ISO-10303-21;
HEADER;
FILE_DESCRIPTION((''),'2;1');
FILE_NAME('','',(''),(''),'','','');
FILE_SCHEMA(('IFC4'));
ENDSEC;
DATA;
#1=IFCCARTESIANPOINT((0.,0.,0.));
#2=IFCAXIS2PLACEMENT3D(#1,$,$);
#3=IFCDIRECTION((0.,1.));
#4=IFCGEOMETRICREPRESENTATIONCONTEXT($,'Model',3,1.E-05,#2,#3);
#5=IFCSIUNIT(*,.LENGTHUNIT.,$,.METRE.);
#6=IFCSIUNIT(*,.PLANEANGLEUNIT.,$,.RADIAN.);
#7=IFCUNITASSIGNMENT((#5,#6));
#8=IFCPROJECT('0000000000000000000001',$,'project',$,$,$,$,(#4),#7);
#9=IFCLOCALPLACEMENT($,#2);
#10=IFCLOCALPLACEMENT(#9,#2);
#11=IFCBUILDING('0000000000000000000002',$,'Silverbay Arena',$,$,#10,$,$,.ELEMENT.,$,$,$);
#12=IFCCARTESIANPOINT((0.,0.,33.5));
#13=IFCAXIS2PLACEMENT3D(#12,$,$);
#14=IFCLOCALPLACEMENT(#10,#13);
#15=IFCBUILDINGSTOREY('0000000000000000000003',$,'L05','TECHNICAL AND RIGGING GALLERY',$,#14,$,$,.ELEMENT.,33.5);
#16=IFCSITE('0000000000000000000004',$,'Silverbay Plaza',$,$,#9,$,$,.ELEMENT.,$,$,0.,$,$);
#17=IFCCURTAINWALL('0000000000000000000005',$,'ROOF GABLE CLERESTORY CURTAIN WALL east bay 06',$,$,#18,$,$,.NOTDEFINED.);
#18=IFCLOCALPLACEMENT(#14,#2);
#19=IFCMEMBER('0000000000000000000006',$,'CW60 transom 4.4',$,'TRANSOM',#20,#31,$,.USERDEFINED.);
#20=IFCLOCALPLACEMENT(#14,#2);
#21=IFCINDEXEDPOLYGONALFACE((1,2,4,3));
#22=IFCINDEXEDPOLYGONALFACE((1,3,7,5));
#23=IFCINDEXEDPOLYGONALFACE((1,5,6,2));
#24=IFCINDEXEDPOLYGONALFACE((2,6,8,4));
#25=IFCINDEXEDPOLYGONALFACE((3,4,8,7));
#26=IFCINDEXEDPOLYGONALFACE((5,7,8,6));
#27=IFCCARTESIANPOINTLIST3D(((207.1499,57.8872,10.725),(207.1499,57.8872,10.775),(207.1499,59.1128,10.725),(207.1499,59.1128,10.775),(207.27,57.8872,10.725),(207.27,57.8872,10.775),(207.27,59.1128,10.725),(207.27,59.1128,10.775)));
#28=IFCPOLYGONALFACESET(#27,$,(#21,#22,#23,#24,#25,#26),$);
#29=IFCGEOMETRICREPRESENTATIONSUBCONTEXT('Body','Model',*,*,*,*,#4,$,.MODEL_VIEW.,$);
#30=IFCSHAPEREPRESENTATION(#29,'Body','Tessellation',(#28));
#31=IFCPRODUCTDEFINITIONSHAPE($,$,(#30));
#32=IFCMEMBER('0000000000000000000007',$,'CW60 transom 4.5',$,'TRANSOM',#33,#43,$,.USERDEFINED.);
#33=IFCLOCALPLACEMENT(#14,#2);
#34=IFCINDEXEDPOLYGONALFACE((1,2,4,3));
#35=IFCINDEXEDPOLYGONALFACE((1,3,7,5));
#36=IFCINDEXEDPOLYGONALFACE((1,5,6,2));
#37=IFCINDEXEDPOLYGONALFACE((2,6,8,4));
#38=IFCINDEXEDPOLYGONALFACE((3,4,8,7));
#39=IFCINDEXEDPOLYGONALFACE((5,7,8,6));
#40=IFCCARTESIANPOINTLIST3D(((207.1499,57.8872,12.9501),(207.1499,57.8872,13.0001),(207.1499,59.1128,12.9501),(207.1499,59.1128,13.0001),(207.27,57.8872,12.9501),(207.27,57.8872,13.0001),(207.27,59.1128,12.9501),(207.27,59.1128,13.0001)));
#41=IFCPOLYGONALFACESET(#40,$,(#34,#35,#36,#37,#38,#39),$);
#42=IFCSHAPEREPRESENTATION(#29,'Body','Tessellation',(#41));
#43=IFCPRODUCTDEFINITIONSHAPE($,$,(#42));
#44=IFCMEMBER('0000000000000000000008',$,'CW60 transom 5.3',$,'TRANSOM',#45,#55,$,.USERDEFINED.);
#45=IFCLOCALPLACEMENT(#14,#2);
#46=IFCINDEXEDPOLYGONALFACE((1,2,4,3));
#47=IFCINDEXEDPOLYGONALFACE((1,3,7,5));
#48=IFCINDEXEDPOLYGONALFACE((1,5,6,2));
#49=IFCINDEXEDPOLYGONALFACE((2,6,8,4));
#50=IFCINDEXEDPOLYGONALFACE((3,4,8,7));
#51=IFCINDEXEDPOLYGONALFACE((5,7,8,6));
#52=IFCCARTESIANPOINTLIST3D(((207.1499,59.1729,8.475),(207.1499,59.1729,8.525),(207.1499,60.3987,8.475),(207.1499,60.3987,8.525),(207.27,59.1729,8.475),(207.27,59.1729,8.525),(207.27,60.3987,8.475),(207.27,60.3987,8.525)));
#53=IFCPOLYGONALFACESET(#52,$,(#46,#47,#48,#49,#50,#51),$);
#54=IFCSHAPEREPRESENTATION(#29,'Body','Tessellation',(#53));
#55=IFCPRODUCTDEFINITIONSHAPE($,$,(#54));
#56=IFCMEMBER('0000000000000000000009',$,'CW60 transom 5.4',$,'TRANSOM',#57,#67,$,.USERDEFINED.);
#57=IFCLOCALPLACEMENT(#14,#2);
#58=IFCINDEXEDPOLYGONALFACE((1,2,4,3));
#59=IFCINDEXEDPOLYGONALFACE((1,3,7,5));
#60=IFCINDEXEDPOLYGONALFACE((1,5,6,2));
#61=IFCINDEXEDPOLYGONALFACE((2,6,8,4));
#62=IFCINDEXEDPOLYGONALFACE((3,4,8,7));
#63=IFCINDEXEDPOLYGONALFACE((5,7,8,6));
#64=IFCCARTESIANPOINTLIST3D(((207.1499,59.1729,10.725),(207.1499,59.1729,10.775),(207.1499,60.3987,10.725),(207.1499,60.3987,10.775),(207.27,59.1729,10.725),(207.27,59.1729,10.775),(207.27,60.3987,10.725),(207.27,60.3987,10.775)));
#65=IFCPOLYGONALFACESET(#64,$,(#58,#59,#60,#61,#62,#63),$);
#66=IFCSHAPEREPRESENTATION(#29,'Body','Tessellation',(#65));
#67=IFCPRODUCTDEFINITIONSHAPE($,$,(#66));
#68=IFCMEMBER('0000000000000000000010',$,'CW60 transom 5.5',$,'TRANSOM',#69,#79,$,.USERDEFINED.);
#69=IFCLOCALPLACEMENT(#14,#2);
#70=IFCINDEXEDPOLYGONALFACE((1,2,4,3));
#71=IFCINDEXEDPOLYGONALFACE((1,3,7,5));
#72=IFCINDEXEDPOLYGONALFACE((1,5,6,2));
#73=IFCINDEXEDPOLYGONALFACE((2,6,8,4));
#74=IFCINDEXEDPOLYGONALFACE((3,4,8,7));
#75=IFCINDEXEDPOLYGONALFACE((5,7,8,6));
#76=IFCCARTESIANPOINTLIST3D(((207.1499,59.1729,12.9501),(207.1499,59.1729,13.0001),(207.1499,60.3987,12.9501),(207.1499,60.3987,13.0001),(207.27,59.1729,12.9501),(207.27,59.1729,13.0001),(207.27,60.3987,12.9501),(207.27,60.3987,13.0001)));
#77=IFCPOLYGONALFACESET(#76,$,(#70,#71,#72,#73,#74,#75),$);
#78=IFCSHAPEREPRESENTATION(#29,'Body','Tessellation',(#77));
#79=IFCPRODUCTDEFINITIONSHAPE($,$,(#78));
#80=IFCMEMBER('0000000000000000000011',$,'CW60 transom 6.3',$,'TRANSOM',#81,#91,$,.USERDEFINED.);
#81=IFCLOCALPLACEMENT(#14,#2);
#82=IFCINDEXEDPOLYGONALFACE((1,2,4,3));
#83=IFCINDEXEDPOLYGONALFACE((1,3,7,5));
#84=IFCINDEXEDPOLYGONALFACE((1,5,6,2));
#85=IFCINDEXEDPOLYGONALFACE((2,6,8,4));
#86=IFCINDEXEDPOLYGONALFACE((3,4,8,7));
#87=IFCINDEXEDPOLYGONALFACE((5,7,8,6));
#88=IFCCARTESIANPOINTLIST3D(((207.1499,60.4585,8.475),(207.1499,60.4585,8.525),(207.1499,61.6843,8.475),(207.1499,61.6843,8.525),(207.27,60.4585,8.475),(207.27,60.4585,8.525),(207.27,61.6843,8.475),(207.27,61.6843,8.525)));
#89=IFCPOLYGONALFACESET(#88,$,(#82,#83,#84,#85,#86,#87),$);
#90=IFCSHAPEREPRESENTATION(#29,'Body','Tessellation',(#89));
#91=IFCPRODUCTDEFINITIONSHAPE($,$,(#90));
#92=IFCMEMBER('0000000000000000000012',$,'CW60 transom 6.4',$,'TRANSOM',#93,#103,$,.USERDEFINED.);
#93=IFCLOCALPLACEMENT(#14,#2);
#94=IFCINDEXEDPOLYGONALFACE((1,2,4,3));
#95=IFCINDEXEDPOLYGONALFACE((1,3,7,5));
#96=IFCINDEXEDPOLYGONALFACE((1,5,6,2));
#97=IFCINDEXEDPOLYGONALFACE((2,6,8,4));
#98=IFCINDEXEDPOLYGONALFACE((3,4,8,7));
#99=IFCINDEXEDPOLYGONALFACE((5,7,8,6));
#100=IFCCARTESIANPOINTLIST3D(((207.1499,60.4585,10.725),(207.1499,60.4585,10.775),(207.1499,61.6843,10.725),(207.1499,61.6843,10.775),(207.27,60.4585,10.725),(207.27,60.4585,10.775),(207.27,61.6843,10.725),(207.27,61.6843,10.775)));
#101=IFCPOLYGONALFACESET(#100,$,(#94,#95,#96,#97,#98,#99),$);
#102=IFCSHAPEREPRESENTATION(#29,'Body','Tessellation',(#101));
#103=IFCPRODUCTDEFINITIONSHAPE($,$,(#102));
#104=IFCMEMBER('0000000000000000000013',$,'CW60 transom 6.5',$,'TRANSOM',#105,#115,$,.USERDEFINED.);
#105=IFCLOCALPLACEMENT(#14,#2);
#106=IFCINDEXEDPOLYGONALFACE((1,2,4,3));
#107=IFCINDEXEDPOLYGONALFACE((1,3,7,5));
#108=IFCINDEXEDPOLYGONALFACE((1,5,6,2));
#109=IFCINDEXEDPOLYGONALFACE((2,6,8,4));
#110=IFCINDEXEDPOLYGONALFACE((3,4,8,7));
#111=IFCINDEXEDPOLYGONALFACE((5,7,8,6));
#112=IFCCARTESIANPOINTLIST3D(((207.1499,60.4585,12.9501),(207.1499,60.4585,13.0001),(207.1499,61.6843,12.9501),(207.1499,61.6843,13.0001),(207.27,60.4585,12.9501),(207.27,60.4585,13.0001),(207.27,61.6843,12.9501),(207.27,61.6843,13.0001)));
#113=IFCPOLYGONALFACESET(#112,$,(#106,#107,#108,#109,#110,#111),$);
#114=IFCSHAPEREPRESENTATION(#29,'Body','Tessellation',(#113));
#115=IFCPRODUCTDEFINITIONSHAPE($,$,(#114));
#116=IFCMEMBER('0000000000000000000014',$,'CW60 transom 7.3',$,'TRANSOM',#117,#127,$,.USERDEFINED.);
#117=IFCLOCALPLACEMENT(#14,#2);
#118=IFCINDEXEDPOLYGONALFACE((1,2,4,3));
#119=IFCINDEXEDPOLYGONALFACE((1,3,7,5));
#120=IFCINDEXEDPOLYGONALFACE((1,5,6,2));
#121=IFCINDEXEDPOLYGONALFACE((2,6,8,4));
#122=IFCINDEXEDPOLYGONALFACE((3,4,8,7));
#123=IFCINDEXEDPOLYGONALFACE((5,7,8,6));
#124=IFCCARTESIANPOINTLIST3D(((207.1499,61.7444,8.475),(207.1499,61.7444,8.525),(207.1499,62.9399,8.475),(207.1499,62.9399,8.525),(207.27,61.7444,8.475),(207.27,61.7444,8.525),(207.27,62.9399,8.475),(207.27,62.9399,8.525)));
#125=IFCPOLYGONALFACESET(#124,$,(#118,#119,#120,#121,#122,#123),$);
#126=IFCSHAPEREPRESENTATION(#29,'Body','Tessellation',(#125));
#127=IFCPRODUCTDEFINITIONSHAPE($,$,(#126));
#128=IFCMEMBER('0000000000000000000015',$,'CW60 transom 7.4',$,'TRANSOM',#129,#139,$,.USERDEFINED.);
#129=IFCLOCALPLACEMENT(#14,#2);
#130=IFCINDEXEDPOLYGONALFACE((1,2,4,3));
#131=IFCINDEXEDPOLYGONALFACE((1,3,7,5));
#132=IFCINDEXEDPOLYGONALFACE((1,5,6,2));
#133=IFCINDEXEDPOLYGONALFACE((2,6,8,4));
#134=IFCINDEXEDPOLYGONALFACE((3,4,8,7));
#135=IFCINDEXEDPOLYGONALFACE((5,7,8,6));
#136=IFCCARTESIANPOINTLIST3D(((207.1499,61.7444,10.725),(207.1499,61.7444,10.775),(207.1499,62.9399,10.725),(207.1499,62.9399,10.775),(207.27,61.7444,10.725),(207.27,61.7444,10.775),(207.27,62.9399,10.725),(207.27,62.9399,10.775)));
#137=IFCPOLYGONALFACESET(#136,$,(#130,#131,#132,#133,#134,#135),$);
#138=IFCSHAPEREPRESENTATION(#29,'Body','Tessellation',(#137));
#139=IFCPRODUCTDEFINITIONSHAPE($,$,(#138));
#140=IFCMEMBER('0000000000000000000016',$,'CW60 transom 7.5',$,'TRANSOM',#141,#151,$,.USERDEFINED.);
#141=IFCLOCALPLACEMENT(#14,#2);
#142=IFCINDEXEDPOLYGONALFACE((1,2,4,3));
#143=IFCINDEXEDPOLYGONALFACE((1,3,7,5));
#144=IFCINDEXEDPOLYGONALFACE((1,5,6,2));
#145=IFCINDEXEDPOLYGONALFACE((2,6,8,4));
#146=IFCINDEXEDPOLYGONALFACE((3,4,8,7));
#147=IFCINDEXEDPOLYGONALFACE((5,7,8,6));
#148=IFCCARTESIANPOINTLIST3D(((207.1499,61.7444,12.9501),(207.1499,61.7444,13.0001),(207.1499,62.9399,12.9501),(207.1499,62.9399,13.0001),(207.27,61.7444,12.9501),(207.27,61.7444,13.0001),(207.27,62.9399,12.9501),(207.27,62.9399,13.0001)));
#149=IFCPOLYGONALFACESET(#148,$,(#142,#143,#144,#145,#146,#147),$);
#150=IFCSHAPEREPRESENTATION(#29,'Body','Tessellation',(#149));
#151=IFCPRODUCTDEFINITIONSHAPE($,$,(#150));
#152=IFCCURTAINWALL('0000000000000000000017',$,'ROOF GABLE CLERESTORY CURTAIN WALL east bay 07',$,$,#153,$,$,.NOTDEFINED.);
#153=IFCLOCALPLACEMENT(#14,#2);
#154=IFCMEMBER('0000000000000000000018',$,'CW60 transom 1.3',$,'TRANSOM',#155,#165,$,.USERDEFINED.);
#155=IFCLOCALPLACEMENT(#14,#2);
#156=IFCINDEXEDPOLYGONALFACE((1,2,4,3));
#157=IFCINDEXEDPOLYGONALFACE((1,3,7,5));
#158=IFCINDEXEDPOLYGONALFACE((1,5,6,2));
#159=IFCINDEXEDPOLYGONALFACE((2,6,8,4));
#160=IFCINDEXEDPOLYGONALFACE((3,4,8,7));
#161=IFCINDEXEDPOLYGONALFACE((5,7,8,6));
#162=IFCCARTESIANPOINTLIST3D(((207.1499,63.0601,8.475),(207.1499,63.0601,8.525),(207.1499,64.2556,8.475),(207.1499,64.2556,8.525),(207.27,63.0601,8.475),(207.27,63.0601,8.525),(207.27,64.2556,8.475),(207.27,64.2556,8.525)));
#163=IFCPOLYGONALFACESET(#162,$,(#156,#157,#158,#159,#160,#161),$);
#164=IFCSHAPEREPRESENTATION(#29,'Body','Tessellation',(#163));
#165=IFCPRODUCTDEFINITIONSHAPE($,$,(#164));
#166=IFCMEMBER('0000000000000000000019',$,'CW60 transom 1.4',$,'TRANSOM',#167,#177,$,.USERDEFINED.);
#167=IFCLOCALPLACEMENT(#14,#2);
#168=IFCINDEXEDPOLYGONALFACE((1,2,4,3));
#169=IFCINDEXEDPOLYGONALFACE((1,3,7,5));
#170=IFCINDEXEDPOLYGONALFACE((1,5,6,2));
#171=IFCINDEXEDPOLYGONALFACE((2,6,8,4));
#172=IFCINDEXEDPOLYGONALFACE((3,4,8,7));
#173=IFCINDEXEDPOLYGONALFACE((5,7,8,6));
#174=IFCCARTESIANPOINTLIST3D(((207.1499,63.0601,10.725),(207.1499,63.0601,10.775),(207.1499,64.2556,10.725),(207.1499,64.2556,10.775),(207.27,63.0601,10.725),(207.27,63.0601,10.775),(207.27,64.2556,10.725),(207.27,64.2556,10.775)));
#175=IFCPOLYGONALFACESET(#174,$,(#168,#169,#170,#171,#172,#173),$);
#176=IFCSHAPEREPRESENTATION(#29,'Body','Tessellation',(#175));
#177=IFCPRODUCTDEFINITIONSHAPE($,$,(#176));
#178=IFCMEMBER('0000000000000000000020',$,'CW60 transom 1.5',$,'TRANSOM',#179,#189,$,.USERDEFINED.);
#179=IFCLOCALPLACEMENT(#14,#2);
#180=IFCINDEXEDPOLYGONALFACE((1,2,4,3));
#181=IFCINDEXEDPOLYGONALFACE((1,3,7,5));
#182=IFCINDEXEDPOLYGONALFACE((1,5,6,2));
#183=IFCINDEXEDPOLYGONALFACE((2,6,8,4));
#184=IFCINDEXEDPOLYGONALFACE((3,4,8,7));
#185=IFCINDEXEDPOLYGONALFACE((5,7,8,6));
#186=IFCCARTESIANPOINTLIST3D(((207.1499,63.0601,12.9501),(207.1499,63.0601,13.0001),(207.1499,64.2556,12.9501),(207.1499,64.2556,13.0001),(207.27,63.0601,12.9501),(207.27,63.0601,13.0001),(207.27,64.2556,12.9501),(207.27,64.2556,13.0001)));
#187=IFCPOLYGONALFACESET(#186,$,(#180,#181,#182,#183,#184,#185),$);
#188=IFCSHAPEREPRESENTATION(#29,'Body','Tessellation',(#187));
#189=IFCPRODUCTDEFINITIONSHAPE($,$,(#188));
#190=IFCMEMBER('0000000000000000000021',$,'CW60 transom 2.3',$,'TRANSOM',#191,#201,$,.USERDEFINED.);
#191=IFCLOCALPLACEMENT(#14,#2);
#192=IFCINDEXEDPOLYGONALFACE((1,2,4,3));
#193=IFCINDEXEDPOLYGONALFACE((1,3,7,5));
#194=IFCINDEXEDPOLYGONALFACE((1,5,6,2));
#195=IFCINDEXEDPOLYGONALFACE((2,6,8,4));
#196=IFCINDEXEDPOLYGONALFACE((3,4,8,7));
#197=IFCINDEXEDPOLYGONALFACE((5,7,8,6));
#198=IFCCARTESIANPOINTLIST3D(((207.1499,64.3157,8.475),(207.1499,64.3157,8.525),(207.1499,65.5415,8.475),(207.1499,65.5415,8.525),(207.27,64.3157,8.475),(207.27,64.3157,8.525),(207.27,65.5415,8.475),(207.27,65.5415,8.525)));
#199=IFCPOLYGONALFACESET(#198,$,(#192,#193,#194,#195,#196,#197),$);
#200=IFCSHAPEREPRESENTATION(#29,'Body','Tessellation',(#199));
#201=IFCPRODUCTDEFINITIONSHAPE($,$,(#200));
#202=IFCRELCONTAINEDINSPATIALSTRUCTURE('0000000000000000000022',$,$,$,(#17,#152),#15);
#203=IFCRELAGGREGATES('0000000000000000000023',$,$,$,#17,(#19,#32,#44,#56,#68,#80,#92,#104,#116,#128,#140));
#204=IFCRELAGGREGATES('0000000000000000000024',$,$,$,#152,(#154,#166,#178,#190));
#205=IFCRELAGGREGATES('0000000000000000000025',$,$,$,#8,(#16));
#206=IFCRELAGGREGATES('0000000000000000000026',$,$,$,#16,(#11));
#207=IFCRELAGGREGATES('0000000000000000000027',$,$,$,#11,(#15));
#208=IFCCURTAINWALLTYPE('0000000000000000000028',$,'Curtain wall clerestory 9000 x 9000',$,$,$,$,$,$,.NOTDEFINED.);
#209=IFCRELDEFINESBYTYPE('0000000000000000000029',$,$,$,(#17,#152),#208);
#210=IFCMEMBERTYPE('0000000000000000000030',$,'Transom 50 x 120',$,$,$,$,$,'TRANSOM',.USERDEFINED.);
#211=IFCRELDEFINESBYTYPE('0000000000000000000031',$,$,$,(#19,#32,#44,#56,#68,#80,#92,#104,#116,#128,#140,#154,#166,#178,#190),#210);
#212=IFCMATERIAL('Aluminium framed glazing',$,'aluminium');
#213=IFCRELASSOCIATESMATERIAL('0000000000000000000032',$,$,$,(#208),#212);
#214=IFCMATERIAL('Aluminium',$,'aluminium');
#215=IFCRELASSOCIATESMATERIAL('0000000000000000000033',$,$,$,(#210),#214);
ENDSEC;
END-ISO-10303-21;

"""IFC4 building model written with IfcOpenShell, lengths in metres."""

from ifc_helpers import new_model, si_unit, direction, frame, origin, origin_2d, place, context, subcontext, project, spatial, rectangle, extrude, material, material_profile, profile_set, type_object, element, aggregate, save


model = new_model("IFC4")

# Units and contexts
model_context = context("Model", 3, precision=1e-05, world=origin(), true_north=direction((0.0, 1.0)))
body_context = subcontext(model_context, "Body", "Model", "MODEL_VIEW")
ifc_project = project(units=[si_unit("LENGTHUNIT", "METRE"), si_unit("PLANEANGLEUNIT", "RADIAN")], contexts=[model_context])

# Site, building, storey
site_placement = place(None, origin())
site = spatial("IfcSite", under=ifc_project, at=site_placement, Name="Silverbay Plaza", CompositionType="ELEMENT", RefElevation=0.0)
building_placement = place(site_placement, origin())
building = spatial("IfcBuilding", under=site, at=building_placement, Name="Silverbay Arena", CompositionType="ELEMENT")
storey_placement = place(building_placement, frame((0.0, 0.0, 33.5)))
storey = spatial("IfcBuildingStorey", under=building, at=storey_placement, Name="L05", Description="TECHNICAL AND RIGGING GALLERY", CompositionType="ELEMENT", Elevation=33.5)

# Curtain walls, members
ifc_material_1 = material(Name="Aluminium framed glazing", Category="aluminium")
curtain_wall_type = type_object("IfcCurtainWallType", Name="Curtain wall clerestory 9000 x 9000", PredefinedType="NOTDEFINED", material=ifc_material_1)
curtain_wall_1_placement = place(storey_placement, origin())
curtain_wall_1 = element("IfcCurtainWall", 1, at=curtain_wall_1_placement, inside=storey, type_object=curtain_wall_type, Name="ROOF GABLE CLERESTORY CURTAIN WALL east bay 06", PredefinedType="NOTDEFINED")
ifc_material_2 = material(Name="Aluminium", Category="aluminium")
ifc_material_profile_1 = material_profile(ifc_material_2, rectangle(XDim=0.1201, YDim=0.05, at=origin_2d()), Name="Transom 50 x 120")
ifc_profile_set_1 = profile_set([ifc_material_profile_1], Name="Aluminium")
member_type_1 = type_object("IfcMemberType", Name="Transom 50 x 120", ElementType="TRANSOM", PredefinedType="USERDEFINED", material=ifc_profile_set_1)
member_1_placement = place(storey_placement, frame((207.21, 57.8872, 10.75), z_axis=(0.0, 1.0, 0.0), x_axis=(-1.0, 0.0, 0.0)))
member_1 = element("IfcMember", 2, at=member_1_placement, type_object=member_type_1, Name="CW60 transom 4.4", ObjectType="TRANSOM", PredefinedType="USERDEFINED", context=body_context, shape_type="SweptSolid", body=[
    extrude(rectangle(XDim=0.1201, YDim=0.05, at=origin_2d()), origin(), (0.0, 0.0, 1.0), 1.2256),
])
member_2_placement = place(storey_placement, frame((207.21, 57.8872, 12.9751), z_axis=(0.0, 1.0, 0.0), x_axis=(-1.0, 0.0, 0.0)))
member_2 = element("IfcMember", 3, at=member_2_placement, type_object=member_type_1, Name="CW60 transom 4.5", ObjectType="TRANSOM", PredefinedType="USERDEFINED", context=body_context, shape_type="SweptSolid", body=[
    extrude(rectangle(XDim=0.1201, YDim=0.05, at=origin_2d()), origin(), (0.0, 0.0, 1.0), 1.2256),
])
member_3_placement = place(storey_placement, frame((207.21, 59.1729, 8.5), z_axis=(0.0, 1.0, 0.0), x_axis=(-1.0, 0.0, 0.0)))
member_3 = element("IfcMember", 4, at=member_3_placement, type_object=member_type_1, Name="CW60 transom 5.3", ObjectType="TRANSOM", PredefinedType="USERDEFINED", context=body_context, shape_type="SweptSolid", body=[
    extrude(rectangle(XDim=0.1201, YDim=0.05, at=origin_2d()), origin(), (0.0, 0.0, 1.0), 1.2258),
])
member_4_placement = place(storey_placement, frame((207.21, 59.1729, 10.75), z_axis=(0.0, 1.0, 0.0), x_axis=(-1.0, 0.0, 0.0)))
member_4 = element("IfcMember", 5, at=member_4_placement, type_object=member_type_1, Name="CW60 transom 5.4", ObjectType="TRANSOM", PredefinedType="USERDEFINED", context=body_context, shape_type="SweptSolid", body=[
    extrude(rectangle(XDim=0.1201, YDim=0.05, at=origin_2d()), origin(), (0.0, 0.0, 1.0), 1.2258),
])
member_5_placement = place(storey_placement, frame((207.21, 59.1729, 12.9751), z_axis=(0.0, 1.0, 0.0), x_axis=(-1.0, 0.0, 0.0)))
member_5 = element("IfcMember", 6, at=member_5_placement, type_object=member_type_1, Name="CW60 transom 5.5", ObjectType="TRANSOM", PredefinedType="USERDEFINED", context=body_context, shape_type="SweptSolid", body=[
    extrude(rectangle(XDim=0.1201, YDim=0.05, at=origin_2d()), origin(), (0.0, 0.0, 1.0), 1.2258),
])
member_6_placement = place(storey_placement, frame((207.21, 60.4585, 8.5), z_axis=(0.0, 1.0, 0.0), x_axis=(-1.0, 0.0, 0.0)))
member_6 = element("IfcMember", 7, at=member_6_placement, type_object=member_type_1, Name="CW60 transom 6.3", ObjectType="TRANSOM", PredefinedType="USERDEFINED", context=body_context, shape_type="SweptSolid", body=[
    extrude(rectangle(XDim=0.1201, YDim=0.05, at=origin_2d()), origin(), (0.0, 0.0, 1.0), 1.2258),
])
member_7_placement = place(storey_placement, frame((207.21, 60.4585, 10.75), z_axis=(0.0, 1.0, 0.0), x_axis=(-1.0, 0.0, 0.0)))
member_7 = element("IfcMember", 8, at=member_7_placement, type_object=member_type_1, Name="CW60 transom 6.4", ObjectType="TRANSOM", PredefinedType="USERDEFINED", context=body_context, shape_type="SweptSolid", body=[
    extrude(rectangle(XDim=0.1201, YDim=0.05, at=origin_2d()), origin(), (0.0, 0.0, 1.0), 1.2258),
])
member_8_placement = place(storey_placement, frame((207.21, 60.4585, 12.9751), z_axis=(0.0, 1.0, 0.0), x_axis=(-1.0, 0.0, 0.0)))
member_8 = element("IfcMember", 9, at=member_8_placement, type_object=member_type_1, Name="CW60 transom 6.5", ObjectType="TRANSOM", PredefinedType="USERDEFINED", context=body_context, shape_type="SweptSolid", body=[
    extrude(rectangle(XDim=0.1201, YDim=0.05, at=origin_2d()), origin(), (0.0, 0.0, 1.0), 1.2258),
])
member_9_placement = place(storey_placement, frame((207.21, 61.7444, 8.5), z_axis=(0.0, 1.0, 0.0), x_axis=(-1.0, 0.0, 0.0)))
member_9 = element("IfcMember", 10, at=member_9_placement, type_object=member_type_1, Name="CW60 transom 7.3", ObjectType="TRANSOM", PredefinedType="USERDEFINED", context=body_context, shape_type="SweptSolid", body=[
    extrude(rectangle(XDim=0.1201, YDim=0.05, at=origin_2d()), origin(), (0.0, 0.0, 1.0), 1.1956),
])
member_10_placement = place(storey_placement, frame((207.21, 61.7444, 10.75), z_axis=(0.0, 1.0, 0.0), x_axis=(-1.0, 0.0, 0.0)))
member_10 = element("IfcMember", 11, at=member_10_placement, type_object=member_type_1, Name="CW60 transom 7.4", ObjectType="TRANSOM", PredefinedType="USERDEFINED", context=body_context, shape_type="SweptSolid", body=[
    extrude(rectangle(XDim=0.1201, YDim=0.05, at=origin_2d()), origin(), (0.0, 0.0, 1.0), 1.1956),
])
member_11_placement = place(storey_placement, frame((207.21, 61.7444, 12.9751), z_axis=(0.0, 1.0, 0.0), x_axis=(-1.0, 0.0, 0.0)))
member_11 = element("IfcMember", 12, at=member_11_placement, type_object=member_type_1, Name="CW60 transom 7.5", ObjectType="TRANSOM", PredefinedType="USERDEFINED", context=body_context, shape_type="SweptSolid", body=[
    extrude(rectangle(XDim=0.1201, YDim=0.05, at=origin_2d()), origin(), (0.0, 0.0, 1.0), 1.1956),
])
curtain_wall_2_placement = place(storey_placement, origin())
curtain_wall_2 = element("IfcCurtainWall", 13, at=curtain_wall_2_placement, inside=storey, type_object=curtain_wall_type, Name="ROOF GABLE CLERESTORY CURTAIN WALL east bay 07", PredefinedType="NOTDEFINED")
member_12_placement = place(storey_placement, frame((207.21, 63.0601, 8.5), z_axis=(0.0, 1.0, 0.0), x_axis=(-1.0, 0.0, 0.0)))
member_12 = element("IfcMember", 14, at=member_12_placement, type_object=member_type_1, Name="CW60 transom 1.3", ObjectType="TRANSOM", PredefinedType="USERDEFINED", context=body_context, shape_type="SweptSolid", body=[
    extrude(rectangle(XDim=0.1201, YDim=0.05, at=origin_2d()), origin(), (0.0, 0.0, 1.0), 1.1956),
])
member_13_placement = place(storey_placement, frame((207.21, 63.0601, 10.75), z_axis=(0.0, 1.0, 0.0), x_axis=(-1.0, 0.0, 0.0)))
member_13 = element("IfcMember", 15, at=member_13_placement, type_object=member_type_1, Name="CW60 transom 1.4", ObjectType="TRANSOM", PredefinedType="USERDEFINED", context=body_context, shape_type="SweptSolid", body=[
    extrude(rectangle(XDim=0.1201, YDim=0.05, at=origin_2d()), origin(), (0.0, 0.0, 1.0), 1.1956),
])
member_14_placement = place(storey_placement, frame((207.21, 63.0601, 12.9751), z_axis=(0.0, 1.0, 0.0), x_axis=(-1.0, 0.0, 0.0)))
member_14 = element("IfcMember", 16, at=member_14_placement, type_object=member_type_1, Name="CW60 transom 1.5", ObjectType="TRANSOM", PredefinedType="USERDEFINED", context=body_context, shape_type="SweptSolid", body=[
    extrude(rectangle(XDim=0.1201, YDim=0.05, at=origin_2d()), origin(), (0.0, 0.0, 1.0), 1.1956),
])
member_15_placement = place(storey_placement, frame((207.21, 64.3157, 8.5), z_axis=(0.0, 1.0, 0.0), x_axis=(-1.0, 0.0, 0.0)))
member_15 = element("IfcMember", 17, at=member_15_placement, type_object=member_type_1, Name="CW60 transom 2.3", ObjectType="TRANSOM", PredefinedType="USERDEFINED", context=body_context, shape_type="SweptSolid", body=[
    extrude(rectangle(XDim=0.1201, YDim=0.05, at=origin_2d()), origin(), (0.0, 0.0, 1.0), 1.2258),
])

aggregate(curtain_wall_1, [member_1, member_2, member_3, member_4, member_5, member_6, member_7, member_8, member_9, member_10, member_11])
aggregate(curtain_wall_2, [member_12, member_13, member_14, member_15])

save(model, "model.ifc")
